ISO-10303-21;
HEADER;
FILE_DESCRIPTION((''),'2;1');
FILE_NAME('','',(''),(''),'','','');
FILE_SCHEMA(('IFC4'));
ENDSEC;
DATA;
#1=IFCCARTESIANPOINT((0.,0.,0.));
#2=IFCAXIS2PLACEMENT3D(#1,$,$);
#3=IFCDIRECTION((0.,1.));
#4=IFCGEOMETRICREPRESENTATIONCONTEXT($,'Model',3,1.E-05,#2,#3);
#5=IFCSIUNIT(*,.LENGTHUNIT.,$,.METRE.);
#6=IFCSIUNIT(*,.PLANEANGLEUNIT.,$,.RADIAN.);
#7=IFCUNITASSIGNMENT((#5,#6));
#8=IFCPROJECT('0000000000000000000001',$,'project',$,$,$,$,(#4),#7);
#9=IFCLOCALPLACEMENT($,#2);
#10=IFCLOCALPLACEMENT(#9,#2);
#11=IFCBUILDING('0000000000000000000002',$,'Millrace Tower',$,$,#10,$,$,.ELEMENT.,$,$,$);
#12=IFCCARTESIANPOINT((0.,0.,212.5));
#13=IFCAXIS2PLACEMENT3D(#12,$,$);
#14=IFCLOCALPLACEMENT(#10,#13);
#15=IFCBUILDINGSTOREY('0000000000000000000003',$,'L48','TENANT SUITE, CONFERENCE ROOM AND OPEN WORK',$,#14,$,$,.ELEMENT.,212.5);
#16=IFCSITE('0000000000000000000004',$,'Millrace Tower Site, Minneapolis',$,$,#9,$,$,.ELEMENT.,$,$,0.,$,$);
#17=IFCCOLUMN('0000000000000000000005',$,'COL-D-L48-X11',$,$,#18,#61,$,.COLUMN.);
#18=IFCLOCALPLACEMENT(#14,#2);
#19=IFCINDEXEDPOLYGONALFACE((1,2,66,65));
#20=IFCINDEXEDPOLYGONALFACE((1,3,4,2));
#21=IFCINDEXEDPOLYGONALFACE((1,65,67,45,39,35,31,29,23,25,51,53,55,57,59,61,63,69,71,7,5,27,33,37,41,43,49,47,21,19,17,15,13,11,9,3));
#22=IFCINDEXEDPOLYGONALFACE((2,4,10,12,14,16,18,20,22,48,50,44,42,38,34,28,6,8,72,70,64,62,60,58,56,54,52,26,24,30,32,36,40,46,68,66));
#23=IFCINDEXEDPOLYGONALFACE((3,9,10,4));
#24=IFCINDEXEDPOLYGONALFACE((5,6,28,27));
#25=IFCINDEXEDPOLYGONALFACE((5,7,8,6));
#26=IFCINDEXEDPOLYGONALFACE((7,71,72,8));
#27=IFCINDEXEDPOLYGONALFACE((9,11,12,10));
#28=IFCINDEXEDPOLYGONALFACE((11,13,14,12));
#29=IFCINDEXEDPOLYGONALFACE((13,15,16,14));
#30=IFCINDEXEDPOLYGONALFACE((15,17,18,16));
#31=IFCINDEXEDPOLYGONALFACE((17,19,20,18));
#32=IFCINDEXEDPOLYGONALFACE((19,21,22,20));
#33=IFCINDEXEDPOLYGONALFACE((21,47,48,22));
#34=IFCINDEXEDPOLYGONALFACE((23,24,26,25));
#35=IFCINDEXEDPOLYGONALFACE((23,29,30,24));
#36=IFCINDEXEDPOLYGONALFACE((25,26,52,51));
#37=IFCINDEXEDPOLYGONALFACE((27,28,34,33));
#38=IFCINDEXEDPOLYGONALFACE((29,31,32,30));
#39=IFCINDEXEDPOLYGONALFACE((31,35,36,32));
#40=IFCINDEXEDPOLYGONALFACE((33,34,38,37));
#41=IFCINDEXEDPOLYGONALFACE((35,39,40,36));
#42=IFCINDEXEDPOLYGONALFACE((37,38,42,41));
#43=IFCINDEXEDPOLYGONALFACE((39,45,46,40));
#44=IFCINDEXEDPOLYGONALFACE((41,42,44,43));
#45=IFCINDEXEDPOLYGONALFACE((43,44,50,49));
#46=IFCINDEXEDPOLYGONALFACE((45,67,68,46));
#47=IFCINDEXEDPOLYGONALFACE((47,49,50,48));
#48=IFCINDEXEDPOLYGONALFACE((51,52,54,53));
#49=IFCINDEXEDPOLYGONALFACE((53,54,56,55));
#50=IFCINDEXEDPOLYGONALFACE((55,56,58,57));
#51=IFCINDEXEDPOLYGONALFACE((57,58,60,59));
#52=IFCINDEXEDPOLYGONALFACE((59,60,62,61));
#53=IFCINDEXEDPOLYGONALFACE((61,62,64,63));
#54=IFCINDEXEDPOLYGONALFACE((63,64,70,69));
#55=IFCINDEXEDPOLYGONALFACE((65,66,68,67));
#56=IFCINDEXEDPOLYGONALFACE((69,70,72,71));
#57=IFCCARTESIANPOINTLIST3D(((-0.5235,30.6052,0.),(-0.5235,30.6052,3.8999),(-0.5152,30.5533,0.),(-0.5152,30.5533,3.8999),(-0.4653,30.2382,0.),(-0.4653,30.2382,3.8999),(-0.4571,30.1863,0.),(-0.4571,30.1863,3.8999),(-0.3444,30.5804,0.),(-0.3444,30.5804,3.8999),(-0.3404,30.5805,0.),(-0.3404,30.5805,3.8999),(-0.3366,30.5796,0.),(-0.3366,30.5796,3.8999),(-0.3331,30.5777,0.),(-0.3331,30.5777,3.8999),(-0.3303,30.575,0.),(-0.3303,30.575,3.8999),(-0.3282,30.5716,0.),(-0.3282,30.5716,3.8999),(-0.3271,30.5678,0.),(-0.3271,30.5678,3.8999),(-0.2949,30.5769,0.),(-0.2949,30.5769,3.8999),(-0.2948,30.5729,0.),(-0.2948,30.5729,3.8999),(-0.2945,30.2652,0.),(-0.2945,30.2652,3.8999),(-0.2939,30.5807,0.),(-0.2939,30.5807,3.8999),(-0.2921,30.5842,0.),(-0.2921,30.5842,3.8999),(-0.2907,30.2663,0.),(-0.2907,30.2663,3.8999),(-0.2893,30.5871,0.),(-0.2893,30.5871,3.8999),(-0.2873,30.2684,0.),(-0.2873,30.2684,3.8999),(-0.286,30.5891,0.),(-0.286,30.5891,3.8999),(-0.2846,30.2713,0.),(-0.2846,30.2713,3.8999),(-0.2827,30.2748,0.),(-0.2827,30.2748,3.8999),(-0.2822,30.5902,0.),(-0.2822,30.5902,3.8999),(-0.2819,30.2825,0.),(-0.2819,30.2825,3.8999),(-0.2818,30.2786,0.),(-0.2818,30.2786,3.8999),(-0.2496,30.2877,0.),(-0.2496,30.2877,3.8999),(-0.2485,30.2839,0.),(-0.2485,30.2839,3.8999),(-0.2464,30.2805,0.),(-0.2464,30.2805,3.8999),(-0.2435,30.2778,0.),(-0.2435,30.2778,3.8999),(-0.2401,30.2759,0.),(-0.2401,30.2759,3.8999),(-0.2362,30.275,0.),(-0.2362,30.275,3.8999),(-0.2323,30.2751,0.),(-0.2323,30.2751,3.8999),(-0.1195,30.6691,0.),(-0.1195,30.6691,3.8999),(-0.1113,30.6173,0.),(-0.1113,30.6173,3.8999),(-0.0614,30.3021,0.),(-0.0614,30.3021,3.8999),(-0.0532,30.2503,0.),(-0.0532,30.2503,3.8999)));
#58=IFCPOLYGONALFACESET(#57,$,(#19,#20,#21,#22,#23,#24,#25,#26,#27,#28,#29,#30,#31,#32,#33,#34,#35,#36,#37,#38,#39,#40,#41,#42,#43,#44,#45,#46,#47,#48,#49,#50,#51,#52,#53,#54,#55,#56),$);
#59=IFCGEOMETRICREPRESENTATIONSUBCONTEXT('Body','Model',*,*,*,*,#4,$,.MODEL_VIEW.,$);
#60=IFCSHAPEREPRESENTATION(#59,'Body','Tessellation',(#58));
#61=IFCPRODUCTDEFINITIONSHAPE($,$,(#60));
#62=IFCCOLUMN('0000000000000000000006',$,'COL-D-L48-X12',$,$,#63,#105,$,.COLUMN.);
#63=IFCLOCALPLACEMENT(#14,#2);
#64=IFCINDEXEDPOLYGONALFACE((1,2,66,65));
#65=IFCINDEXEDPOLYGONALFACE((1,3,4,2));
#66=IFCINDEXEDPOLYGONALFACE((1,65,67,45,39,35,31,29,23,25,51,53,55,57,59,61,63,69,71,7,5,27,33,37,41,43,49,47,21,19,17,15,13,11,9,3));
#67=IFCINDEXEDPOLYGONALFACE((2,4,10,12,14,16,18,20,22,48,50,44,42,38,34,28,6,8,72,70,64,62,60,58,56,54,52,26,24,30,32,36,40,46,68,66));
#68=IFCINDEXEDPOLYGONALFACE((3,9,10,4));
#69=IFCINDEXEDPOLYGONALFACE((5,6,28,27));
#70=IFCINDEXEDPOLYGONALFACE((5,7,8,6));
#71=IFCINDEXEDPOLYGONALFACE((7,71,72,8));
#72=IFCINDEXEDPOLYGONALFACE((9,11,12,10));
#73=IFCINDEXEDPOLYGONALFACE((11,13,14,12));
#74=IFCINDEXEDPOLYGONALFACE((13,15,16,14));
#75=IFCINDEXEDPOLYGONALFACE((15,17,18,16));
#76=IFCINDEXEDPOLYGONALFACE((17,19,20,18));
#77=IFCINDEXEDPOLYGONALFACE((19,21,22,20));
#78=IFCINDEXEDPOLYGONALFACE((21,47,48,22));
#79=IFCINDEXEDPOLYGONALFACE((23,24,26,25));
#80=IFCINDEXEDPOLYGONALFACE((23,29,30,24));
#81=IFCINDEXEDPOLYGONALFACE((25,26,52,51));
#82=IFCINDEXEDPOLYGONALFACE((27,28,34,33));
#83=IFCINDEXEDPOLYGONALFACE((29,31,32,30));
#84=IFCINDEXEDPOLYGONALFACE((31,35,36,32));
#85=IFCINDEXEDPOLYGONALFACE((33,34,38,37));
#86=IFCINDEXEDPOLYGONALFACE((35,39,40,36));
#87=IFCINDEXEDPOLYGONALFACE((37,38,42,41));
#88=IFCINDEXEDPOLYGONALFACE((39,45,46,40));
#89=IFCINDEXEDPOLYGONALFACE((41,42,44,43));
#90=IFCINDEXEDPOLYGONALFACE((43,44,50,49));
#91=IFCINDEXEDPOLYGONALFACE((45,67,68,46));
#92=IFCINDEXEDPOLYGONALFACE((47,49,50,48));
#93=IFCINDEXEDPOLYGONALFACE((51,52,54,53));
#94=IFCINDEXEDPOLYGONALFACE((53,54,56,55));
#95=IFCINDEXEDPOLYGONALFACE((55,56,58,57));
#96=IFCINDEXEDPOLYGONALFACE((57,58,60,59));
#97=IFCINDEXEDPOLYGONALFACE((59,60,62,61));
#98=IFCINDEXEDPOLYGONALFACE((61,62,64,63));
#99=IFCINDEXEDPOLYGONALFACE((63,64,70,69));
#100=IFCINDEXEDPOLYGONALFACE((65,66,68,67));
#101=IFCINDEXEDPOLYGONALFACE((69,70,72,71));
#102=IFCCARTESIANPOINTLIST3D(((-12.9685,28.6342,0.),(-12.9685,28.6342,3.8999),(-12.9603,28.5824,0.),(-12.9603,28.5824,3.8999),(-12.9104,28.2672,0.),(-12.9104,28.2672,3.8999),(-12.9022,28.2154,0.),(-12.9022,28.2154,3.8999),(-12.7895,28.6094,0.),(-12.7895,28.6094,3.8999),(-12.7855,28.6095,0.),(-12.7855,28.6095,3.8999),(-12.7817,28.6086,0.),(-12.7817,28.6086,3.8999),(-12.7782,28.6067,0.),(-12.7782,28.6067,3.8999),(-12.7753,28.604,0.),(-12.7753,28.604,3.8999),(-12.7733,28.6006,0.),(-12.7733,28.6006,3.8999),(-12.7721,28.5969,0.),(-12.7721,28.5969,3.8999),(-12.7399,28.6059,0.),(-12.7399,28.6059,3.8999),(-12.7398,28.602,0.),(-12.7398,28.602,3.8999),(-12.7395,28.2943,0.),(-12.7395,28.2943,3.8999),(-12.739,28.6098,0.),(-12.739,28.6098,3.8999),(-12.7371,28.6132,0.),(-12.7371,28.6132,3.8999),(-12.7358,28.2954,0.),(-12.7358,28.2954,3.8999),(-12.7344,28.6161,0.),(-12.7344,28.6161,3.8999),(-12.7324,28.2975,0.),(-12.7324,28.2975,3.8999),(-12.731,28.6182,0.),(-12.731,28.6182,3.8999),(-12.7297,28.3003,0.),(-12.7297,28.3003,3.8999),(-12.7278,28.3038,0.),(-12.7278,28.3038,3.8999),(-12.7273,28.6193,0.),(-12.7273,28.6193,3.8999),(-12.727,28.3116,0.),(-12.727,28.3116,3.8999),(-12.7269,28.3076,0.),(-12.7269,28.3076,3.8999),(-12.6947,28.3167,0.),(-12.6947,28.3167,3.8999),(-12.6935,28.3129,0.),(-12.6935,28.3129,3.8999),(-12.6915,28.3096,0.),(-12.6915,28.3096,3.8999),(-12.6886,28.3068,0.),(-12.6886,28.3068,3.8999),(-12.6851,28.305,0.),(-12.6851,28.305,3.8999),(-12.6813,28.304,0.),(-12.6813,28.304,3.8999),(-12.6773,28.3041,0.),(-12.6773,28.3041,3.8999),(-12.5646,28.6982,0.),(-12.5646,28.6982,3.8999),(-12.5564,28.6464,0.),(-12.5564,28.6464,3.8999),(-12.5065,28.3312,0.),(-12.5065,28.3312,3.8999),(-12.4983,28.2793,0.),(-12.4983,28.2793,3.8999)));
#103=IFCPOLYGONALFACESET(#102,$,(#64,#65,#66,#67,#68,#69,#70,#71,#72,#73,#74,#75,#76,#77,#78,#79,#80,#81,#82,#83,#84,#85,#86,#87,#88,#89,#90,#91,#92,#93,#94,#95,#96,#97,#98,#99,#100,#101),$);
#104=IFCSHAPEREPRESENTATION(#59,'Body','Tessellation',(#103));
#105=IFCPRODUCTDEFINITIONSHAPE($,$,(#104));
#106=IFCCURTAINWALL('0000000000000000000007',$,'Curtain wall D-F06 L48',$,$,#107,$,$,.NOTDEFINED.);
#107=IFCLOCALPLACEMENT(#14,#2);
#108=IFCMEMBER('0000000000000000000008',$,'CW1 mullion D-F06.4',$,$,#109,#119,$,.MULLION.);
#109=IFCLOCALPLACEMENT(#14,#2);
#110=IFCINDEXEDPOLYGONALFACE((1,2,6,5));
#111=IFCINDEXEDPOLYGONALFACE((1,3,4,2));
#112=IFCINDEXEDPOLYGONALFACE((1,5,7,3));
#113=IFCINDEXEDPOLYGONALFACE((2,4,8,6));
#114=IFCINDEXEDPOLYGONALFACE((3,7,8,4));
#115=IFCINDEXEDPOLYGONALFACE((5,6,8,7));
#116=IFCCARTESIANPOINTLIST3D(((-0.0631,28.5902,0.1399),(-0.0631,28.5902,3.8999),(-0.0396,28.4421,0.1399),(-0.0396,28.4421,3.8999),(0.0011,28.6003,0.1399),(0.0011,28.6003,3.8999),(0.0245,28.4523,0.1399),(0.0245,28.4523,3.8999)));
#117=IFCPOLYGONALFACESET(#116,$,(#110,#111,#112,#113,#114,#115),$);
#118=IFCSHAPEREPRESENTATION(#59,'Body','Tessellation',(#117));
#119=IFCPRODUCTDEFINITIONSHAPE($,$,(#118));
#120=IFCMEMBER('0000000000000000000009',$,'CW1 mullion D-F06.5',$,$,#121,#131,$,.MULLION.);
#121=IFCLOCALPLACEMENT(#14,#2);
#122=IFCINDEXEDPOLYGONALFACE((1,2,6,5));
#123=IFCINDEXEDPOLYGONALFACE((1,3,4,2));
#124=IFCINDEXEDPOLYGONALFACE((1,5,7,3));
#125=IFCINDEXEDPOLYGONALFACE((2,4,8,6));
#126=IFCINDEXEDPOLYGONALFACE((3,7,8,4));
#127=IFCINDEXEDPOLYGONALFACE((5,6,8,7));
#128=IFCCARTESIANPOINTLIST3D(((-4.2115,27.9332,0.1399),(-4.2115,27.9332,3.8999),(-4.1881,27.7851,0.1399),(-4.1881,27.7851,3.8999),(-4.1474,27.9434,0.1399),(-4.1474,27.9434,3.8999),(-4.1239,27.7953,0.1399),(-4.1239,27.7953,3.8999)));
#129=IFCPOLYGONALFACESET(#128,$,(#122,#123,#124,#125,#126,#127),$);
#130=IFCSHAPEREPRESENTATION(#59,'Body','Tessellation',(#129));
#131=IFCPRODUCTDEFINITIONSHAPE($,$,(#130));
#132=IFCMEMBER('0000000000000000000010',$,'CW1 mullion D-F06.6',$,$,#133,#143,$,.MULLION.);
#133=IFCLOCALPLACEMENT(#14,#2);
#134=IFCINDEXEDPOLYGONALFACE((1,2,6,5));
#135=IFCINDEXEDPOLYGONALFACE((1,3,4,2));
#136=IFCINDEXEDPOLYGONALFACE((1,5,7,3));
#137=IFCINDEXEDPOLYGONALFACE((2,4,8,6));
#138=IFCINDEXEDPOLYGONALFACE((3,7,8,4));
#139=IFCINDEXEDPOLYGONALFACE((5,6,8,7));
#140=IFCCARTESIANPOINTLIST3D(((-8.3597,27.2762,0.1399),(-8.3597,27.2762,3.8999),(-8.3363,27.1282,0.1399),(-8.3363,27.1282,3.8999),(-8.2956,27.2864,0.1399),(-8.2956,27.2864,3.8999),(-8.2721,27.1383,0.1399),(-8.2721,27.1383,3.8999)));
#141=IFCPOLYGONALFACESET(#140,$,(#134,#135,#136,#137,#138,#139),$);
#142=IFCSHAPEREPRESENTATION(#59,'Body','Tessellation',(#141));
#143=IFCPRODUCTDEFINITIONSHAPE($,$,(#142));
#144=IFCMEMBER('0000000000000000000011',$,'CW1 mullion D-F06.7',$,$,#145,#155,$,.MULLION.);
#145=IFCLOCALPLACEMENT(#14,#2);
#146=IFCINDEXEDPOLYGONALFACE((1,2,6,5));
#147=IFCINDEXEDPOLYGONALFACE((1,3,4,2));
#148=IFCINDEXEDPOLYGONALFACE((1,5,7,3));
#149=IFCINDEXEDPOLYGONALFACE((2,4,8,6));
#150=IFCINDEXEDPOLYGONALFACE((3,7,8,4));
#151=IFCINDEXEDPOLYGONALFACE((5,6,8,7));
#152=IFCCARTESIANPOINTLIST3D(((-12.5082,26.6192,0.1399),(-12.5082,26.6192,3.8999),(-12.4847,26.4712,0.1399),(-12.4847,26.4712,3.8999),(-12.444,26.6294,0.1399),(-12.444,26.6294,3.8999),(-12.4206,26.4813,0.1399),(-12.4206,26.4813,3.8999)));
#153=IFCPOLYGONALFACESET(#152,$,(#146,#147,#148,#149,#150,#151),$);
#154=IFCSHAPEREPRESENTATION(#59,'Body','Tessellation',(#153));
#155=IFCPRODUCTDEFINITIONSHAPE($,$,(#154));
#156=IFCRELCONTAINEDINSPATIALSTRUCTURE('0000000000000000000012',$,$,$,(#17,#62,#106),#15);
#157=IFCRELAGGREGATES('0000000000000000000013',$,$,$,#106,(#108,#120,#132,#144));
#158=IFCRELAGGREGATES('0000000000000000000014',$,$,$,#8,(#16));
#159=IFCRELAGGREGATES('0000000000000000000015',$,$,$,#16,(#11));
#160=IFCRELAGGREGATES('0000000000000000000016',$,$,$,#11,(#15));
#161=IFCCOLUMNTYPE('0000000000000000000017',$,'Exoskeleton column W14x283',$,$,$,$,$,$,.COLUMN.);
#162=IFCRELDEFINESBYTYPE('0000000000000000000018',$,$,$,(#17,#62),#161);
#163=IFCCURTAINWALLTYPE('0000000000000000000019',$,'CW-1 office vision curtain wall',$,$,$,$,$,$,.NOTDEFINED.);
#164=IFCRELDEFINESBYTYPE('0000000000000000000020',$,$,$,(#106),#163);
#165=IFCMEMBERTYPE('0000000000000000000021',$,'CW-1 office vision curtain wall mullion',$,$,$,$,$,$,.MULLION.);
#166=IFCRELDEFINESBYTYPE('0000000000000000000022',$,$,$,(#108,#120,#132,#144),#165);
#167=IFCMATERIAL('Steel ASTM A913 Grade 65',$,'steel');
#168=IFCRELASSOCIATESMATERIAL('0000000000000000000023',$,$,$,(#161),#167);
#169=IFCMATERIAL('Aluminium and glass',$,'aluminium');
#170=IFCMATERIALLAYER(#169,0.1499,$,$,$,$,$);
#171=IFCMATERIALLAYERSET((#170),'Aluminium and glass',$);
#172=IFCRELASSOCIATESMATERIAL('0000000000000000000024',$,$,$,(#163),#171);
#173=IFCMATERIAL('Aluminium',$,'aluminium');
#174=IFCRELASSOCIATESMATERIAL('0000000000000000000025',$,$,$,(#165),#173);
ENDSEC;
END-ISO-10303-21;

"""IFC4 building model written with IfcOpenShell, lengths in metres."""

from ifc_helpers import new_model, si_unit, direction, frame, origin, origin_2d, place, context, subcontext, project, spatial, rectangle, i_section, extrude, material, layer, layer_set, material_profile, profile_set, type_object, element, aggregate, save


model = new_model("IFC4")

# Units and contexts
model_context = context("Model", 3, precision=1e-05, world=origin(), true_north=direction((0.0, 1.0)))
body_context = subcontext(model_context, "Body", "Model", "MODEL_VIEW")
ifc_project = project(units=[si_unit("LENGTHUNIT", "METRE"), si_unit("PLANEANGLEUNIT", "RADIAN")], contexts=[model_context])

# Site, building, storey
site_placement = place(None, origin())
site = spatial("IfcSite", under=ifc_project, at=site_placement, Name="Millrace Tower Site, Minneapolis", CompositionType="ELEMENT", RefElevation=0.0)
building_placement = place(site_placement, origin())
building = spatial("IfcBuilding", under=site, at=building_placement, Name="Millrace Tower", CompositionType="ELEMENT")
storey_placement = place(building_placement, frame((0.0, 0.0, 212.5)))
storey = spatial("IfcBuildingStorey", under=building, at=storey_placement, Name="L48", Description="TENANT SUITE, CONFERENCE ROOM AND OPEN WORK", CompositionType="ELEMENT", Elevation=212.5)

# Columns
ifc_material_1 = material(Name="Steel ASTM A913 Grade 65", Category="steel")
ifc_material_profile_1 = material_profile(ifc_material_1, i_section(OverallWidth=0.4089, OverallDepth=0.4241, WebThickness=0.0327, FlangeThickness=0.0525, FilletRadius=0.0151, at=origin_2d()))
ifc_profile_set_1 = profile_set([ifc_material_profile_1], Name="Steel ASTM A913 Grade 65")
column_type = type_object("IfcColumnType", Name="Exoskeleton column W14x283", PredefinedType="COLUMN", material=ifc_profile_set_1)
for number, where, z_axis, x_axis, name in (
    (1, (-0.2883, 30.4277, 0.0), (0.0, 0.0, 1.0), (-0.987688, -0.156434, 0.0), "COL-D-L48-X11"),
    (2, (-12.7334, 28.4568, 0.0), (0.0, 0.0, 1.0), (-0.987688, -0.156434, 0.0), "COL-D-L48-X12"),
):
    element("IfcColumn", number, at=place(storey_placement, frame(where, z_axis=z_axis, x_axis=x_axis)), inside=storey, type_object=column_type, Name=name, PredefinedType="COLUMN", context=body_context, shape_type="SweptSolid", body=[
        extrude(i_section(OverallWidth=0.4089, OverallDepth=0.4241, WebThickness=0.0327, FlangeThickness=0.0525, FilletRadius=0.0151, at=origin_2d()), origin(), (0.0, 0.0, 1.0), 3.8999),
    ])

# Curtain wall, members
ifc_material_2 = material(Name="Aluminium and glass", Category="aluminium")
ifc_layer_1 = layer(ifc_material_2, 0.1499)
ifc_layer_set_1 = layer_set([ifc_layer_1], Name="Aluminium and glass")
curtain_wall_type = type_object("IfcCurtainWallType", Name="CW-1 office vision curtain wall", PredefinedType="NOTDEFINED", material=ifc_layer_set_1)
curtain_wall_placement = place(storey_placement, origin())
curtain_wall = element("IfcCurtainWall", 3, at=curtain_wall_placement, inside=storey, type_object=curtain_wall_type, Name="Curtain wall D-F06 L48", PredefinedType="NOTDEFINED")
ifc_material_3 = material(Name="Aluminium", Category="aluminium")
ifc_material_profile_2 = material_profile(ifc_material_3, rectangle(XDim=0.0649, YDim=0.1499, at=origin_2d()))
ifc_profile_set_2 = profile_set([ifc_material_profile_2], Name="Aluminium")
member_type_1 = type_object("IfcMemberType", Name="CW-1 office vision curtain wall mullion", PredefinedType="MULLION", material=ifc_profile_set_2)
member_1_placement = place(storey_placement, frame((-0.0193, 28.5212, 0.1399), z_axis=(0.0, 0.0, 1.0), x_axis=(-0.987688, -0.156434, 0.0)))
member_1 = element("IfcMember", 4, at=member_1_placement, type_object=member_type_1, Name="CW1 mullion D-F06.4", PredefinedType="MULLION", context=body_context, shape_type="SweptSolid", body=[
    extrude(rectangle(XDim=0.0649, YDim=0.1499, at=origin_2d()), origin(), (0.0, 0.0, 1.0), 3.76),
])
member_2_placement = place(storey_placement, frame((-4.1677, 27.8643, 0.1399), z_axis=(0.0, 0.0, 1.0), x_axis=(-0.987688, -0.156434, 0.0)))
member_2 = element("IfcMember", 5, at=member_2_placement, type_object=member_type_1, Name="CW1 mullion D-F06.5", PredefinedType="MULLION", context=body_context, shape_type="SweptSolid", body=[
    extrude(rectangle(XDim=0.0649, YDim=0.1499, at=origin_2d()), origin(), (0.0, 0.0, 1.0), 3.76),
])
member_3_placement = place(storey_placement, frame((-8.3159, 27.2073, 0.1399), z_axis=(0.0, 0.0, 1.0), x_axis=(-0.987688, -0.156434, 0.0)))
member_3 = element("IfcMember", 6, at=member_3_placement, type_object=member_type_1, Name="CW1 mullion D-F06.6", PredefinedType="MULLION", context=body_context, shape_type="SweptSolid", body=[
    extrude(rectangle(XDim=0.0649, YDim=0.1499, at=origin_2d()), origin(), (0.0, 0.0, 1.0), 3.76),
])
member_4_placement = place(storey_placement, frame((-12.4644, 26.5503, 0.1399), z_axis=(0.0, 0.0, 1.0), x_axis=(-0.987688, -0.156434, 0.0)))
member_4 = element("IfcMember", 7, at=member_4_placement, type_object=member_type_1, Name="CW1 mullion D-F06.7", PredefinedType="MULLION", context=body_context, shape_type="SweptSolid", body=[
    extrude(rectangle(XDim=0.0649, YDim=0.1499, at=origin_2d()), origin(), (0.0, 0.0, 1.0), 3.76),
])
aggregate(curtain_wall, [member_1, member_2, member_3, member_4])

save(model, "model.ifc")
